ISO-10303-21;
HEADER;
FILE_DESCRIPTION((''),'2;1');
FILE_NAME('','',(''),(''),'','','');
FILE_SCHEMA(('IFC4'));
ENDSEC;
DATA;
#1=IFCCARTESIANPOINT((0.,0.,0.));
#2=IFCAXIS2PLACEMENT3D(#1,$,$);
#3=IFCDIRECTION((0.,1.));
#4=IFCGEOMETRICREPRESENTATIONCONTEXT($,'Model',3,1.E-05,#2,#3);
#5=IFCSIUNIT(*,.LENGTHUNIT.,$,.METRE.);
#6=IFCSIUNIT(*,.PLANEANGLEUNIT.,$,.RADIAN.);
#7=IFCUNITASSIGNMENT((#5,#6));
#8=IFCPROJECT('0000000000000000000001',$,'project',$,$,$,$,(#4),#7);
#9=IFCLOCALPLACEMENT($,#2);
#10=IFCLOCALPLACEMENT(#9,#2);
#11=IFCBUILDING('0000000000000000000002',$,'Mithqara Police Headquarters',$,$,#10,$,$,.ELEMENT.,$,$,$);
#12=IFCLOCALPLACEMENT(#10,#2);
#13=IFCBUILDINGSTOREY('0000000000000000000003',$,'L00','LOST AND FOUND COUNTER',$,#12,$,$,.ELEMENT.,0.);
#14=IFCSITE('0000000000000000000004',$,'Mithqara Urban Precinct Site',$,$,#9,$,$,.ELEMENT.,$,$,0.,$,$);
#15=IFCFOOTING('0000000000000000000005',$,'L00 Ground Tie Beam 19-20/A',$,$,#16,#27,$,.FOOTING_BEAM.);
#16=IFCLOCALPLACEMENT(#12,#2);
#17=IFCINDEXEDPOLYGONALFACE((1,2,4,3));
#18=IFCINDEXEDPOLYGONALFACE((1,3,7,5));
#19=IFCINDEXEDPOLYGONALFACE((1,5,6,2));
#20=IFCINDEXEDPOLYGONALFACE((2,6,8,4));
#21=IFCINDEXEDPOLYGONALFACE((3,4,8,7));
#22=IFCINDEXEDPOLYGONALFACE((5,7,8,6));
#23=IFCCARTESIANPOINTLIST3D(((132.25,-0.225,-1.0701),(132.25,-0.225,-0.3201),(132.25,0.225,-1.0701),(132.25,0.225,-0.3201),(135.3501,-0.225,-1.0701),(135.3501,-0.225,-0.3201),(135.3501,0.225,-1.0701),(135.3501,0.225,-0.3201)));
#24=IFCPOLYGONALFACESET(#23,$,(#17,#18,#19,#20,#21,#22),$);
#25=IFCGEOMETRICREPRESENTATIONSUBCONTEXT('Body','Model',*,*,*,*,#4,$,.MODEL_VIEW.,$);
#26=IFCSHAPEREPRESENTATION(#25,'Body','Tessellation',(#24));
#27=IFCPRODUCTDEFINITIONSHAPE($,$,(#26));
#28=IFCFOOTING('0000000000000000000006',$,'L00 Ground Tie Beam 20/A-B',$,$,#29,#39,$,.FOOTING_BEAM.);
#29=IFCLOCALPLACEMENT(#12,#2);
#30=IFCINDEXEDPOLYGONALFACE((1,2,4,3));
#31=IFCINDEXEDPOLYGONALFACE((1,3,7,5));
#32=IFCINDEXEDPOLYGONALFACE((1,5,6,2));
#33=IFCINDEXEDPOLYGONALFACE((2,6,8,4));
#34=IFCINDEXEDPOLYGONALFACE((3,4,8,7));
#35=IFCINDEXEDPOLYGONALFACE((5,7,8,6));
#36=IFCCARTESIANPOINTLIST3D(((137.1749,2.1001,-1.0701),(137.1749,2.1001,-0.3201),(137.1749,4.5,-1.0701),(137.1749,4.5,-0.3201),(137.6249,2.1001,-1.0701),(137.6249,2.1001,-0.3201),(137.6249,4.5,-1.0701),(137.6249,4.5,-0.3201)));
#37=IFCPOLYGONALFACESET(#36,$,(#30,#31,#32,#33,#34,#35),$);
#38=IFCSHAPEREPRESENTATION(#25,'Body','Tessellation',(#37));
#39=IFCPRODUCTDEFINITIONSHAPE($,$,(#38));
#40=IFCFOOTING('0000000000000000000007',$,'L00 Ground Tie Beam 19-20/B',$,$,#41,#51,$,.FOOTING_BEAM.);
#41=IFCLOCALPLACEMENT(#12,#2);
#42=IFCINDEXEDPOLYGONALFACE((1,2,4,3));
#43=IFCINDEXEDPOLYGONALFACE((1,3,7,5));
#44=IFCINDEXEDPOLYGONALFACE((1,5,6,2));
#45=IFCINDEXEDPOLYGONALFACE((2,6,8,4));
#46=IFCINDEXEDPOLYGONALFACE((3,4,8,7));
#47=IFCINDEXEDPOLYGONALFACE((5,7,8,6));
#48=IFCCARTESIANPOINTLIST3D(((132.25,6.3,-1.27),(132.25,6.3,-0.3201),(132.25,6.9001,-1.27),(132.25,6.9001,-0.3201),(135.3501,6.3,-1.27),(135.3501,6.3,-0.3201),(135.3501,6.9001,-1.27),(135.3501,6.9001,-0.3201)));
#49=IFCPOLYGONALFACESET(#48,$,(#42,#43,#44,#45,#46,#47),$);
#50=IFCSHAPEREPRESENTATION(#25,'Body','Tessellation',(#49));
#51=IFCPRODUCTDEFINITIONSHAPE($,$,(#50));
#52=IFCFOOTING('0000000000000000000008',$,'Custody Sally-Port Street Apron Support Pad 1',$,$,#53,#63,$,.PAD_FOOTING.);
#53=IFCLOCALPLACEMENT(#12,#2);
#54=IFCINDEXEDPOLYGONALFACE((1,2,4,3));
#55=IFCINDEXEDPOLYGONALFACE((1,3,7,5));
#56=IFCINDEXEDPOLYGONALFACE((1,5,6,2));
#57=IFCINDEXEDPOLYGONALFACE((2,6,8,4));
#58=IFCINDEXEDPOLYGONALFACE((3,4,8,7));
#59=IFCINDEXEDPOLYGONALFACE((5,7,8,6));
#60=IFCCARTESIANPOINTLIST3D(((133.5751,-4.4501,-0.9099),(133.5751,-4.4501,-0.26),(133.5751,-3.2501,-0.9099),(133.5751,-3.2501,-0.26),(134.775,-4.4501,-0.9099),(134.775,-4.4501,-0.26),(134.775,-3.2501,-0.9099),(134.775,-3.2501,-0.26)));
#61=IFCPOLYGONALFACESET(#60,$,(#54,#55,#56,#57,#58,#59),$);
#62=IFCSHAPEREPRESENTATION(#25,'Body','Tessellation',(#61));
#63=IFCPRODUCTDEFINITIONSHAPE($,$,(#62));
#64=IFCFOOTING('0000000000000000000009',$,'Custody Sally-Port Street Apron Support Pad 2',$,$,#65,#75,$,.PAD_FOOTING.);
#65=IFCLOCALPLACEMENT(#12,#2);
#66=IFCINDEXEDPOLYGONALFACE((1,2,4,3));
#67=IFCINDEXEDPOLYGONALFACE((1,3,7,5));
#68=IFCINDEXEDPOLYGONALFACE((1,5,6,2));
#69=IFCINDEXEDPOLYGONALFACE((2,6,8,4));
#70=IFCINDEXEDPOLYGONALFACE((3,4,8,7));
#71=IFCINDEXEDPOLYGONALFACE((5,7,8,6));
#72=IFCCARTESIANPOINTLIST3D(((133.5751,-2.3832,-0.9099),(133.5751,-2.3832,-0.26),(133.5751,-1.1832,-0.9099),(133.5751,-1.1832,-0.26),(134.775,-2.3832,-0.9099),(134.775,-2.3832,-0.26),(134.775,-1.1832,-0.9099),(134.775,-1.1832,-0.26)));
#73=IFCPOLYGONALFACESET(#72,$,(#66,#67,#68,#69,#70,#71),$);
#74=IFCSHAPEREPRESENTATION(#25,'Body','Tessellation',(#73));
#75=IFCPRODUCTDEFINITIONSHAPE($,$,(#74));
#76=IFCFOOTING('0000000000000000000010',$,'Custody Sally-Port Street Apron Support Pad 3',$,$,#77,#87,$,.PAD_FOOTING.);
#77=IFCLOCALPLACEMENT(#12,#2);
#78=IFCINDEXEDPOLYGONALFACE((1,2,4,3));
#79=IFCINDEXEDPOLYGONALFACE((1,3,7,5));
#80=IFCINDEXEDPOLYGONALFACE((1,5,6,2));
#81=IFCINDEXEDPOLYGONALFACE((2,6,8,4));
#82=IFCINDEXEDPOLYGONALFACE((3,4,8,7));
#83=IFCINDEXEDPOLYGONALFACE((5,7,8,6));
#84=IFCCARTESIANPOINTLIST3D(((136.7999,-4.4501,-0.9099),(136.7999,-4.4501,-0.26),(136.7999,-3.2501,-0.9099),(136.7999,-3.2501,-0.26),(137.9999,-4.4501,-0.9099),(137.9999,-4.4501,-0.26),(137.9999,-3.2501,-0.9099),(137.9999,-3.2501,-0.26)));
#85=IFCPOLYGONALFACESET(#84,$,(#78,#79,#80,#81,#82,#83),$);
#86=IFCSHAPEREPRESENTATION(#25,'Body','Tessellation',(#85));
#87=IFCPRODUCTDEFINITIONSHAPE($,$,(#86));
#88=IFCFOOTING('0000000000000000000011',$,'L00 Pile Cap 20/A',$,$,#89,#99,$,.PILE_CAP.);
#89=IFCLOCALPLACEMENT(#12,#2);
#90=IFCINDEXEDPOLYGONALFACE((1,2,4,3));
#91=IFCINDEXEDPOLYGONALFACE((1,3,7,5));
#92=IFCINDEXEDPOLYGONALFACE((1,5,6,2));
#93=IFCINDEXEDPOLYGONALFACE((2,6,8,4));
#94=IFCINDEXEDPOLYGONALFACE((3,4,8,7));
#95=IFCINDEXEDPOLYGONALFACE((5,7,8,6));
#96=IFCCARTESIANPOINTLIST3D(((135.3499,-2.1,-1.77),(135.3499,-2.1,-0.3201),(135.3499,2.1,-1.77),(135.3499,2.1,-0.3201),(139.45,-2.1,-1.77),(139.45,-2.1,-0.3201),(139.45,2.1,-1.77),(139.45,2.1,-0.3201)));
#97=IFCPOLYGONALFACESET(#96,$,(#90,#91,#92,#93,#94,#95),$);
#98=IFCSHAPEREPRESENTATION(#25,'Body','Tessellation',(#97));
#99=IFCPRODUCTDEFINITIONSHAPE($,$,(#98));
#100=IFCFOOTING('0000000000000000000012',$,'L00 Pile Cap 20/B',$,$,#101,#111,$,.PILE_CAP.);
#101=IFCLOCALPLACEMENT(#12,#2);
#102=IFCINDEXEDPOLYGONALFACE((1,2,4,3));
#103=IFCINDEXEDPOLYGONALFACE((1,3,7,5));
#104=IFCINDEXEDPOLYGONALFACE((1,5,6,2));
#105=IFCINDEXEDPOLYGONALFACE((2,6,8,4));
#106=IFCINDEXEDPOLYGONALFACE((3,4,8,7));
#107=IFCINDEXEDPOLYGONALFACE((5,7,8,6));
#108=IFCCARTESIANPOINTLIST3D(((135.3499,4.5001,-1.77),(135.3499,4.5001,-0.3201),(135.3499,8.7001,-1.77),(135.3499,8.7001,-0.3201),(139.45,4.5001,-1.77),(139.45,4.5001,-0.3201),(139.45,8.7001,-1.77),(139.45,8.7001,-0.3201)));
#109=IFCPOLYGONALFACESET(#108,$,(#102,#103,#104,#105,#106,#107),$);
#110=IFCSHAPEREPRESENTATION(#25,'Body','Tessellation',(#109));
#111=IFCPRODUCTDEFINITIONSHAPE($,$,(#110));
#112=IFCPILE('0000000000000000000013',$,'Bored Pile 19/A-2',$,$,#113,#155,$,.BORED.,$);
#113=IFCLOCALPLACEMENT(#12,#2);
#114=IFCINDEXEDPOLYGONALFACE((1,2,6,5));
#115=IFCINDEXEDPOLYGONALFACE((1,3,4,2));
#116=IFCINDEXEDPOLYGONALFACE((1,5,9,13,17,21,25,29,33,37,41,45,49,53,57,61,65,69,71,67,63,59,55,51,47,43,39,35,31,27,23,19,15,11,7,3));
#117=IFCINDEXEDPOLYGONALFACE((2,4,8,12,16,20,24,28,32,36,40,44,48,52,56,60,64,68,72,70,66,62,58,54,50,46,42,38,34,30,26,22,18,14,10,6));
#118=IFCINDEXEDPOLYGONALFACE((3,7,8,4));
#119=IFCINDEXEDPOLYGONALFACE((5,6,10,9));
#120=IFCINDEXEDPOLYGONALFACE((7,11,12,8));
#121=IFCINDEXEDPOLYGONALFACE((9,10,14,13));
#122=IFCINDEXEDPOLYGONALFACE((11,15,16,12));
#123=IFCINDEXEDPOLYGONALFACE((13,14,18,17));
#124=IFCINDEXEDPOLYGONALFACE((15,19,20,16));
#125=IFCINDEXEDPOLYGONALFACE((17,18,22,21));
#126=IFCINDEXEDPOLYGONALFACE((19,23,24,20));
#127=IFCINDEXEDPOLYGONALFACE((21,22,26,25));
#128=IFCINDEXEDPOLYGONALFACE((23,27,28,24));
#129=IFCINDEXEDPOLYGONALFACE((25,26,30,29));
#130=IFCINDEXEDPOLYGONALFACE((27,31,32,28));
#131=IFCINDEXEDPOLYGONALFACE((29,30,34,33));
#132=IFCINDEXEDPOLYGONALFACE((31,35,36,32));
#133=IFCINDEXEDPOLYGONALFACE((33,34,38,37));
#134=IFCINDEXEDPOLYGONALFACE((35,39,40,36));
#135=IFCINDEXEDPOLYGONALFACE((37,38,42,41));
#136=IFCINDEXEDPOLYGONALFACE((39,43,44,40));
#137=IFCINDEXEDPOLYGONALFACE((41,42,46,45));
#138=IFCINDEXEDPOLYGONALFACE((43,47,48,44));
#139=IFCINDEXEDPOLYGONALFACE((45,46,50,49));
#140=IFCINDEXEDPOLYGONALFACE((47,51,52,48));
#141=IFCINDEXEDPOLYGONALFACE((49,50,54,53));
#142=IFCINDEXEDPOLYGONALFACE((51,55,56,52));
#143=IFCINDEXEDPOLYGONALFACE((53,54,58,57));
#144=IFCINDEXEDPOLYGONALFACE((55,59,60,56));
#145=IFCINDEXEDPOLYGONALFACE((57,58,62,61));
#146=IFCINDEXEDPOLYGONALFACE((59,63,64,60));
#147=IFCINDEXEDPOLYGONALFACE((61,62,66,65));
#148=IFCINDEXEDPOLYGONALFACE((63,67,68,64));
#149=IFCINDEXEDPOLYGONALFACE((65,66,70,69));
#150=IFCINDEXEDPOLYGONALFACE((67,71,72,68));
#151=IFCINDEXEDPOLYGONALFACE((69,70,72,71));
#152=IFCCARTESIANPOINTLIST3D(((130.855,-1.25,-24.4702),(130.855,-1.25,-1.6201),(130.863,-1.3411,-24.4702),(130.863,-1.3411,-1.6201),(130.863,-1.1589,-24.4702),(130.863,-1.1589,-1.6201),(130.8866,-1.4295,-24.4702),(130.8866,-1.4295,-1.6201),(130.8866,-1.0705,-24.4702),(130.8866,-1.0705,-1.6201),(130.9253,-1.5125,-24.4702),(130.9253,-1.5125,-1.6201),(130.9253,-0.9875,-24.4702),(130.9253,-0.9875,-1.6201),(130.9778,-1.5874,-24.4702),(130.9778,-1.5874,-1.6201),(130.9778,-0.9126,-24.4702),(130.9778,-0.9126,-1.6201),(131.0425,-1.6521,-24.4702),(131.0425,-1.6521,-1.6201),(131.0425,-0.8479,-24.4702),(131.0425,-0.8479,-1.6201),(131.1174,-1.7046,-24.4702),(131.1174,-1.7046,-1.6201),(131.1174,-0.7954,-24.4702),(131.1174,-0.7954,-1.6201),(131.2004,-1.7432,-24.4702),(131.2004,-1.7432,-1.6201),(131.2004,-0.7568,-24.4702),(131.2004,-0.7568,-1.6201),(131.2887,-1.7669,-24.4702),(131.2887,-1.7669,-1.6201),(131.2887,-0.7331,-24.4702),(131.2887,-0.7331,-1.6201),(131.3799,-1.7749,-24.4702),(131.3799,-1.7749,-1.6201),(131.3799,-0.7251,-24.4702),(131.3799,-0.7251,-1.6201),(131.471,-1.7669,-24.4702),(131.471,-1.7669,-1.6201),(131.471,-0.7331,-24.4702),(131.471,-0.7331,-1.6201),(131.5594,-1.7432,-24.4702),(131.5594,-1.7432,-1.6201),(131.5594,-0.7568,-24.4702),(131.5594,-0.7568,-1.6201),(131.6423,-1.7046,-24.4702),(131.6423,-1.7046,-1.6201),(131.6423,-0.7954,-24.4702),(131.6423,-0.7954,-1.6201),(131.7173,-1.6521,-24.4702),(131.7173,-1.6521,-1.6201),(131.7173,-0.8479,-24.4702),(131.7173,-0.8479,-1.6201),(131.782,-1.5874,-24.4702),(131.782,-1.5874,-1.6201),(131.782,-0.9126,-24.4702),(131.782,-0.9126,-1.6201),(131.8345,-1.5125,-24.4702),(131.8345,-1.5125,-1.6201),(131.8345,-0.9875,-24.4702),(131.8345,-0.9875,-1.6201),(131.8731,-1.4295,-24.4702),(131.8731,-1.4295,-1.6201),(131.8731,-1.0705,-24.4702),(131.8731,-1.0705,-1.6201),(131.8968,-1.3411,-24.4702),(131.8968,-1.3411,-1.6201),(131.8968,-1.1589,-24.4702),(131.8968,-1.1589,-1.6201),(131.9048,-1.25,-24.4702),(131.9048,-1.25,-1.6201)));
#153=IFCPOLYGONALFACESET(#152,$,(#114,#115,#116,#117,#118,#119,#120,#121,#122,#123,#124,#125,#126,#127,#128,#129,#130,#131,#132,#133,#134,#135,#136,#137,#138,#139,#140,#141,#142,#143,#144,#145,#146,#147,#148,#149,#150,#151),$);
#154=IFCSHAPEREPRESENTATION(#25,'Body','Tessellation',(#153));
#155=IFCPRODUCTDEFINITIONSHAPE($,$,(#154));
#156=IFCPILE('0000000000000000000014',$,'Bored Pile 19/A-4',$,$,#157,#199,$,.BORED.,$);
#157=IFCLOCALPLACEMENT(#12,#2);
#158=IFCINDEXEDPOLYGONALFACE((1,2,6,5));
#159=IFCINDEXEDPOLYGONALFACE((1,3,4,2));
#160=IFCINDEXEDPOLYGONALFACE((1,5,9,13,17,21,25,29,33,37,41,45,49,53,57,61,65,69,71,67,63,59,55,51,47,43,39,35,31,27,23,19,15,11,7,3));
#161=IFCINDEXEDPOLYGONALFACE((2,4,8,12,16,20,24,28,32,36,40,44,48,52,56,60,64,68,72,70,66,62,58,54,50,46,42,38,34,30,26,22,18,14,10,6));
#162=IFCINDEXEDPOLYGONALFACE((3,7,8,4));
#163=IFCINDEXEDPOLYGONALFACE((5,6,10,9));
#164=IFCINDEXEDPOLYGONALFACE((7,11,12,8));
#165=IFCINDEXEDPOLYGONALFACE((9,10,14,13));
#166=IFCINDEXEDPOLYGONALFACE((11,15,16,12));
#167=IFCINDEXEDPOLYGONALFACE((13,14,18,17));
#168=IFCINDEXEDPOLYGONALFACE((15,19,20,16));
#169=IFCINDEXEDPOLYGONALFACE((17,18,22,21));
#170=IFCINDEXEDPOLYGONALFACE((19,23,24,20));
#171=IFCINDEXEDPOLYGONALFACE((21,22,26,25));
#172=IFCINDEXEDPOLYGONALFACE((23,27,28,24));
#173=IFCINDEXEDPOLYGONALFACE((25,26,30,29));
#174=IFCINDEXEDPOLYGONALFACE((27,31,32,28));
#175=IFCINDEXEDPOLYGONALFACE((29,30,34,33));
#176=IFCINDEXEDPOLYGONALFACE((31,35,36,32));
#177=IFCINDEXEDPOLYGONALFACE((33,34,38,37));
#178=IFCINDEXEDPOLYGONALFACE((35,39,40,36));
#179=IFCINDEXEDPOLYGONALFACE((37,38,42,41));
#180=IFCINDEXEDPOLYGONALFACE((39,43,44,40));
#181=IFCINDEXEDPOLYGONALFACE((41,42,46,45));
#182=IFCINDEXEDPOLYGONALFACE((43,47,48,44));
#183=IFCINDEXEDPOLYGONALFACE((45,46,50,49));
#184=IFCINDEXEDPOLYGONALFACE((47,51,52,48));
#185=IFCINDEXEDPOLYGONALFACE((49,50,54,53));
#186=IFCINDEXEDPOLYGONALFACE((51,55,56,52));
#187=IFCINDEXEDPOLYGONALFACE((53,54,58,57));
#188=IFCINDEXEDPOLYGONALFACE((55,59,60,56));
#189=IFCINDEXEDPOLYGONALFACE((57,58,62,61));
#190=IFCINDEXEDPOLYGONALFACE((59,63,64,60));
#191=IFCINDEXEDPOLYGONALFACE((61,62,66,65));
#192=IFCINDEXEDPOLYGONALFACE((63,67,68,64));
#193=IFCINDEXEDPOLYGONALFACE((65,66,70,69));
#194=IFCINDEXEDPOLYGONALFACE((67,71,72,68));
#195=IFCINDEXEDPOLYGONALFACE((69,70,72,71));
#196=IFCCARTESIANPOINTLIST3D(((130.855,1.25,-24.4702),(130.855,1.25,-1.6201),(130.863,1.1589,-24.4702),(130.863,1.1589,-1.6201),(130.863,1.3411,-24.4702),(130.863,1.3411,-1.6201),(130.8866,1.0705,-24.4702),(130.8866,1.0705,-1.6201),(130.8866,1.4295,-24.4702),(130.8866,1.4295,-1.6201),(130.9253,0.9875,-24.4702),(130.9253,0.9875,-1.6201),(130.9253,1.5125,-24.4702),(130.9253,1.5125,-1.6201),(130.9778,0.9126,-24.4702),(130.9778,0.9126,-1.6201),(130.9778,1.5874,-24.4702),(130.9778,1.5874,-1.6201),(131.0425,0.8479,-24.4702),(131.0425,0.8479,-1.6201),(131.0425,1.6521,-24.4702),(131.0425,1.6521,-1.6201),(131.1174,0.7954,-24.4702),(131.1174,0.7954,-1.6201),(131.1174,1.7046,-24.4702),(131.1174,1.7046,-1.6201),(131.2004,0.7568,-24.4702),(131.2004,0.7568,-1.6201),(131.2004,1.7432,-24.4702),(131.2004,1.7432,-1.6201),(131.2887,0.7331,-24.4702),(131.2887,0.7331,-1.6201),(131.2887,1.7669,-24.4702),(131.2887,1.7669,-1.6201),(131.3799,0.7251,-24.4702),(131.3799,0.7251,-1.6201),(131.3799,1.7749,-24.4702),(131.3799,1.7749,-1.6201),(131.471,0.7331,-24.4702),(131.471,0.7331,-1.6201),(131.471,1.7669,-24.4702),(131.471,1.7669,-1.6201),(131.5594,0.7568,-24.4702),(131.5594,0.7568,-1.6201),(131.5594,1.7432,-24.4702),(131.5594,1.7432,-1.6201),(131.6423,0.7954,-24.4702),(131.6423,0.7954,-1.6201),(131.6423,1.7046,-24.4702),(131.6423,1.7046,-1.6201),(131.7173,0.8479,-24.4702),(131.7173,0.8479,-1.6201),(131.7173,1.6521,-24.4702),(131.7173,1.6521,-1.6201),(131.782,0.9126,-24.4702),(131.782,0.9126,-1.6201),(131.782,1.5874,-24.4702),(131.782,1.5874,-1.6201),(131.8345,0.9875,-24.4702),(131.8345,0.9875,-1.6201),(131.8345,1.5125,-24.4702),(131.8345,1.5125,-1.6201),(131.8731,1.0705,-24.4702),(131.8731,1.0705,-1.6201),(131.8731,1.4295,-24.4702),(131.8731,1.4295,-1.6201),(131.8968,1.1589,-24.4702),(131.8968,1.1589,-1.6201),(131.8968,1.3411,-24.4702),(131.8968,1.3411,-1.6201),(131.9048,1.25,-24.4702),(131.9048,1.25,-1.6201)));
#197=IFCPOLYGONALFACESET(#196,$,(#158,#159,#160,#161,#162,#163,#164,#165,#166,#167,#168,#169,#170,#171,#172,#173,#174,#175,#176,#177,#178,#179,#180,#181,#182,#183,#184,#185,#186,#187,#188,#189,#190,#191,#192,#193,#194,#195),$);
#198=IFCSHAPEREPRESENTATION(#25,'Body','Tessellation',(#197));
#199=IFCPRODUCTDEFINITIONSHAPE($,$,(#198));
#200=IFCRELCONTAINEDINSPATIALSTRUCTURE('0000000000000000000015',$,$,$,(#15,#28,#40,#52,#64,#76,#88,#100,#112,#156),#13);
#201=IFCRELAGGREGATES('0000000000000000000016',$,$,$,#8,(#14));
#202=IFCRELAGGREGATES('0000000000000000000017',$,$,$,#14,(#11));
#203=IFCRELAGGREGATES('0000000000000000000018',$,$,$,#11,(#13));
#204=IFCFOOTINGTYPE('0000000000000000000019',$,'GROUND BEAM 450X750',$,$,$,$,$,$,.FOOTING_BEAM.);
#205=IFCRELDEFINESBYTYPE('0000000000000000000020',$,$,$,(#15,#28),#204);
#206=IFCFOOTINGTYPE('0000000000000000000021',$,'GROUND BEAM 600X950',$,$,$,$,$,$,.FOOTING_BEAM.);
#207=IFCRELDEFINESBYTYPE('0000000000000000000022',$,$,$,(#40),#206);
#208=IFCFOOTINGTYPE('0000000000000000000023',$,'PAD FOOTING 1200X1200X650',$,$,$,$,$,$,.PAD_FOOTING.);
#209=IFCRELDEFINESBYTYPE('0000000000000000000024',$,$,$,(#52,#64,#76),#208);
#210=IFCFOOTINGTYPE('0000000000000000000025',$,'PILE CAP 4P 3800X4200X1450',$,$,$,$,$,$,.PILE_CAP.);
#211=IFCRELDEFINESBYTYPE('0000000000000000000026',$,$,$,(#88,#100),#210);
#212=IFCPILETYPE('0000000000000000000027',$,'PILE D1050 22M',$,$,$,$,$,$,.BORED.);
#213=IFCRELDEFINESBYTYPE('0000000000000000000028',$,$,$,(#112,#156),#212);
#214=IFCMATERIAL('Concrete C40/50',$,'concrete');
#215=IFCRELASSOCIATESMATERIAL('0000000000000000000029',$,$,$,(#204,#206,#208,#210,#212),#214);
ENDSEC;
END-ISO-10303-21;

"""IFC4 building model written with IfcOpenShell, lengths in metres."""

from ifc_helpers import new_model, si_unit, direction, frame, origin, origin_2d, place, context, subcontext, project, spatial, rectangle, circle, extrude, material, material_profile, profile_set, type_object, element, save


model = new_model("IFC4")

# Units and contexts
model_context = context("Model", 3, precision=1e-05, world=origin(), true_north=direction((0.0, 1.0)))
body_context = subcontext(model_context, "Body", "Model", "MODEL_VIEW")
ifc_project = project(units=[si_unit("LENGTHUNIT", "METRE"), si_unit("PLANEANGLEUNIT", "RADIAN")], contexts=[model_context])

# Site, building, storey
site_placement = place(None, origin())
site = spatial("IfcSite", under=ifc_project, at=site_placement, Name="Mithqara Urban Precinct Site", CompositionType="ELEMENT", RefElevation=0.0)
building_placement = place(site_placement, origin())
building = spatial("IfcBuilding", under=site, at=building_placement, Name="Mithqara Police Headquarters", CompositionType="ELEMENT")
storey_placement = place(building_placement, origin())
storey = spatial("IfcBuildingStorey", under=building, at=storey_placement, Name="L00", Description="LOST AND FOUND COUNTER", CompositionType="ELEMENT", Elevation=0.0)

# Footings
ifc_material_1 = material(Name="Concrete C40/50", Category="concrete")
footing_type_1 = type_object("IfcFootingType", Name="GROUND BEAM 450X750", PredefinedType="FOOTING_BEAM", material=ifc_material_1)
footing_1_placement = place(storey_placement, frame((133.8, 0.0, -1.0701), z_axis=(0.0, 0.0, 1.0), x_axis=(1.0, 0.0, 0.0)))
element("IfcFooting", 1, at=footing_1_placement, inside=storey, type_object=footing_type_1, Name="L00 Ground Tie Beam 19-20/A", PredefinedType="FOOTING_BEAM", context=body_context, shape_type="SweptSolid", body=[
    extrude(rectangle(XDim=3.1001, YDim=0.45, at=origin_2d()), origin(), (0.0, 0.0, 1.0), 0.75),
])
footing_2_placement = place(storey_placement, frame((137.3999, 3.3, -1.0701), z_axis=(0.0, 0.0, 1.0), x_axis=(1.0, 0.0, 0.0)))
element("IfcFooting", 2, at=footing_2_placement, inside=storey, type_object=footing_type_1, Name="L00 Ground Tie Beam 20/A-B", PredefinedType="FOOTING_BEAM", context=body_context, shape_type="SweptSolid", body=[
    extrude(rectangle(XDim=0.45, YDim=2.3999, at=origin_2d()), origin(), (0.0, 0.0, 1.0), 0.75),
])
footing_type_2 = type_object("IfcFootingType", Name="GROUND BEAM 600X950", PredefinedType="FOOTING_BEAM", material=ifc_material_1)
footing_3_placement = place(storey_placement, frame((133.8, 6.6001, -1.27), z_axis=(0.0, 0.0, 1.0), x_axis=(1.0, 0.0, 0.0)))
element("IfcFooting", 3, at=footing_3_placement, inside=storey, type_object=footing_type_2, Name="L00 Ground Tie Beam 19-20/B", PredefinedType="FOOTING_BEAM", context=body_context, shape_type="SweptSolid", body=[
    extrude(rectangle(XDim=3.1001, YDim=0.6001, at=origin_2d()), origin(), (0.0, 0.0, 1.0), 0.95),
])
footing_type_3 = type_object("IfcFootingType", Name="PAD FOOTING 1200X1200X650", PredefinedType="PAD_FOOTING", material=ifc_material_1)
for number, where, z_axis, x_axis, name in (
    (4, (134.175, -3.8501, -0.9099), (0.0, 0.0, 1.0), (1.0, 0.0, 0.0), "Custody Sally-Port Street Apron Support Pad 1"),
    (5, (134.175, -1.7832, -0.9099), (0.0, 0.0, 1.0), (1.0, 0.0, 0.0), "Custody Sally-Port Street Apron Support Pad 2"),
    (6, (137.3999, -3.8501, -0.9099), (0.0, 0.0, 1.0), (1.0, 0.0, 0.0), "Custody Sally-Port Street Apron Support Pad 3"),
):
    element("IfcFooting", number, at=place(storey_placement, frame(where, z_axis=z_axis, x_axis=x_axis)), inside=storey, type_object=footing_type_3, Name=name, PredefinedType="PAD_FOOTING", context=body_context, shape_type="SweptSolid", body=[
        extrude(rectangle(XDim=1.2, YDim=1.2, at=origin_2d()), origin(), (0.0, 0.0, 1.0), 0.6499),
    ])
footing_type_4 = type_object("IfcFootingType", Name="PILE CAP 4P 3800X4200X1450", PredefinedType="PILE_CAP", material=ifc_material_1)
for number, where, z_axis, x_axis, name in (
    (7, (137.3999, 0.0, -1.77), (0.0, 0.0, 1.0), (1.0, 0.0, 0.0), "L00 Pile Cap 20/A"),
    (8, (137.3999, 6.6001, -1.77), (0.0, 0.0, 1.0), (1.0, 0.0, 0.0), "L00 Pile Cap 20/B"),
):
    element("IfcFooting", number, at=place(storey_placement, frame(where, z_axis=z_axis, x_axis=x_axis)), inside=storey, type_object=footing_type_4, Name=name, PredefinedType="PILE_CAP", context=body_context, shape_type="SweptSolid", body=[
        extrude(rectangle(XDim=4.1001, YDim=4.2, at=origin_2d()), origin(), (0.0, 0.0, 1.0), 1.45),
    ])

# Piles
ifc_material_profile_1 = material_profile(ifc_material_1, circle(Radius=0.5249, at=origin_2d()), Name="PILE D1050")
ifc_profile_set_1 = profile_set([ifc_material_profile_1], Name="Concrete C40/50")
pile_type = type_object("IfcPileType", Name="PILE D1050 22M", PredefinedType="BORED", material=ifc_profile_set_1)
for number, where, z_axis, x_axis, name in (
    (9, (131.3799, -1.25, -1.6201), (0.0, 0.0, -1.0), (1.0, 0.0, 0.0), "Bored Pile 19/A-2"),
    (10, (131.3799, 1.25, -1.6201), (0.0, 0.0, -1.0), (1.0, 0.0, 0.0), "Bored Pile 19/A-4"),
):
    element("IfcPile", number, at=place(storey_placement, frame(where, z_axis=z_axis, x_axis=x_axis)), inside=storey, type_object=pile_type, Name=name, PredefinedType="BORED", context=body_context, shape_type="SweptSolid", body=[
        extrude(circle(Radius=0.5249, at=origin_2d()), origin(), (0.0, 0.0, 1.0), 22.8501),
    ])

save(model, "model.ifc")
